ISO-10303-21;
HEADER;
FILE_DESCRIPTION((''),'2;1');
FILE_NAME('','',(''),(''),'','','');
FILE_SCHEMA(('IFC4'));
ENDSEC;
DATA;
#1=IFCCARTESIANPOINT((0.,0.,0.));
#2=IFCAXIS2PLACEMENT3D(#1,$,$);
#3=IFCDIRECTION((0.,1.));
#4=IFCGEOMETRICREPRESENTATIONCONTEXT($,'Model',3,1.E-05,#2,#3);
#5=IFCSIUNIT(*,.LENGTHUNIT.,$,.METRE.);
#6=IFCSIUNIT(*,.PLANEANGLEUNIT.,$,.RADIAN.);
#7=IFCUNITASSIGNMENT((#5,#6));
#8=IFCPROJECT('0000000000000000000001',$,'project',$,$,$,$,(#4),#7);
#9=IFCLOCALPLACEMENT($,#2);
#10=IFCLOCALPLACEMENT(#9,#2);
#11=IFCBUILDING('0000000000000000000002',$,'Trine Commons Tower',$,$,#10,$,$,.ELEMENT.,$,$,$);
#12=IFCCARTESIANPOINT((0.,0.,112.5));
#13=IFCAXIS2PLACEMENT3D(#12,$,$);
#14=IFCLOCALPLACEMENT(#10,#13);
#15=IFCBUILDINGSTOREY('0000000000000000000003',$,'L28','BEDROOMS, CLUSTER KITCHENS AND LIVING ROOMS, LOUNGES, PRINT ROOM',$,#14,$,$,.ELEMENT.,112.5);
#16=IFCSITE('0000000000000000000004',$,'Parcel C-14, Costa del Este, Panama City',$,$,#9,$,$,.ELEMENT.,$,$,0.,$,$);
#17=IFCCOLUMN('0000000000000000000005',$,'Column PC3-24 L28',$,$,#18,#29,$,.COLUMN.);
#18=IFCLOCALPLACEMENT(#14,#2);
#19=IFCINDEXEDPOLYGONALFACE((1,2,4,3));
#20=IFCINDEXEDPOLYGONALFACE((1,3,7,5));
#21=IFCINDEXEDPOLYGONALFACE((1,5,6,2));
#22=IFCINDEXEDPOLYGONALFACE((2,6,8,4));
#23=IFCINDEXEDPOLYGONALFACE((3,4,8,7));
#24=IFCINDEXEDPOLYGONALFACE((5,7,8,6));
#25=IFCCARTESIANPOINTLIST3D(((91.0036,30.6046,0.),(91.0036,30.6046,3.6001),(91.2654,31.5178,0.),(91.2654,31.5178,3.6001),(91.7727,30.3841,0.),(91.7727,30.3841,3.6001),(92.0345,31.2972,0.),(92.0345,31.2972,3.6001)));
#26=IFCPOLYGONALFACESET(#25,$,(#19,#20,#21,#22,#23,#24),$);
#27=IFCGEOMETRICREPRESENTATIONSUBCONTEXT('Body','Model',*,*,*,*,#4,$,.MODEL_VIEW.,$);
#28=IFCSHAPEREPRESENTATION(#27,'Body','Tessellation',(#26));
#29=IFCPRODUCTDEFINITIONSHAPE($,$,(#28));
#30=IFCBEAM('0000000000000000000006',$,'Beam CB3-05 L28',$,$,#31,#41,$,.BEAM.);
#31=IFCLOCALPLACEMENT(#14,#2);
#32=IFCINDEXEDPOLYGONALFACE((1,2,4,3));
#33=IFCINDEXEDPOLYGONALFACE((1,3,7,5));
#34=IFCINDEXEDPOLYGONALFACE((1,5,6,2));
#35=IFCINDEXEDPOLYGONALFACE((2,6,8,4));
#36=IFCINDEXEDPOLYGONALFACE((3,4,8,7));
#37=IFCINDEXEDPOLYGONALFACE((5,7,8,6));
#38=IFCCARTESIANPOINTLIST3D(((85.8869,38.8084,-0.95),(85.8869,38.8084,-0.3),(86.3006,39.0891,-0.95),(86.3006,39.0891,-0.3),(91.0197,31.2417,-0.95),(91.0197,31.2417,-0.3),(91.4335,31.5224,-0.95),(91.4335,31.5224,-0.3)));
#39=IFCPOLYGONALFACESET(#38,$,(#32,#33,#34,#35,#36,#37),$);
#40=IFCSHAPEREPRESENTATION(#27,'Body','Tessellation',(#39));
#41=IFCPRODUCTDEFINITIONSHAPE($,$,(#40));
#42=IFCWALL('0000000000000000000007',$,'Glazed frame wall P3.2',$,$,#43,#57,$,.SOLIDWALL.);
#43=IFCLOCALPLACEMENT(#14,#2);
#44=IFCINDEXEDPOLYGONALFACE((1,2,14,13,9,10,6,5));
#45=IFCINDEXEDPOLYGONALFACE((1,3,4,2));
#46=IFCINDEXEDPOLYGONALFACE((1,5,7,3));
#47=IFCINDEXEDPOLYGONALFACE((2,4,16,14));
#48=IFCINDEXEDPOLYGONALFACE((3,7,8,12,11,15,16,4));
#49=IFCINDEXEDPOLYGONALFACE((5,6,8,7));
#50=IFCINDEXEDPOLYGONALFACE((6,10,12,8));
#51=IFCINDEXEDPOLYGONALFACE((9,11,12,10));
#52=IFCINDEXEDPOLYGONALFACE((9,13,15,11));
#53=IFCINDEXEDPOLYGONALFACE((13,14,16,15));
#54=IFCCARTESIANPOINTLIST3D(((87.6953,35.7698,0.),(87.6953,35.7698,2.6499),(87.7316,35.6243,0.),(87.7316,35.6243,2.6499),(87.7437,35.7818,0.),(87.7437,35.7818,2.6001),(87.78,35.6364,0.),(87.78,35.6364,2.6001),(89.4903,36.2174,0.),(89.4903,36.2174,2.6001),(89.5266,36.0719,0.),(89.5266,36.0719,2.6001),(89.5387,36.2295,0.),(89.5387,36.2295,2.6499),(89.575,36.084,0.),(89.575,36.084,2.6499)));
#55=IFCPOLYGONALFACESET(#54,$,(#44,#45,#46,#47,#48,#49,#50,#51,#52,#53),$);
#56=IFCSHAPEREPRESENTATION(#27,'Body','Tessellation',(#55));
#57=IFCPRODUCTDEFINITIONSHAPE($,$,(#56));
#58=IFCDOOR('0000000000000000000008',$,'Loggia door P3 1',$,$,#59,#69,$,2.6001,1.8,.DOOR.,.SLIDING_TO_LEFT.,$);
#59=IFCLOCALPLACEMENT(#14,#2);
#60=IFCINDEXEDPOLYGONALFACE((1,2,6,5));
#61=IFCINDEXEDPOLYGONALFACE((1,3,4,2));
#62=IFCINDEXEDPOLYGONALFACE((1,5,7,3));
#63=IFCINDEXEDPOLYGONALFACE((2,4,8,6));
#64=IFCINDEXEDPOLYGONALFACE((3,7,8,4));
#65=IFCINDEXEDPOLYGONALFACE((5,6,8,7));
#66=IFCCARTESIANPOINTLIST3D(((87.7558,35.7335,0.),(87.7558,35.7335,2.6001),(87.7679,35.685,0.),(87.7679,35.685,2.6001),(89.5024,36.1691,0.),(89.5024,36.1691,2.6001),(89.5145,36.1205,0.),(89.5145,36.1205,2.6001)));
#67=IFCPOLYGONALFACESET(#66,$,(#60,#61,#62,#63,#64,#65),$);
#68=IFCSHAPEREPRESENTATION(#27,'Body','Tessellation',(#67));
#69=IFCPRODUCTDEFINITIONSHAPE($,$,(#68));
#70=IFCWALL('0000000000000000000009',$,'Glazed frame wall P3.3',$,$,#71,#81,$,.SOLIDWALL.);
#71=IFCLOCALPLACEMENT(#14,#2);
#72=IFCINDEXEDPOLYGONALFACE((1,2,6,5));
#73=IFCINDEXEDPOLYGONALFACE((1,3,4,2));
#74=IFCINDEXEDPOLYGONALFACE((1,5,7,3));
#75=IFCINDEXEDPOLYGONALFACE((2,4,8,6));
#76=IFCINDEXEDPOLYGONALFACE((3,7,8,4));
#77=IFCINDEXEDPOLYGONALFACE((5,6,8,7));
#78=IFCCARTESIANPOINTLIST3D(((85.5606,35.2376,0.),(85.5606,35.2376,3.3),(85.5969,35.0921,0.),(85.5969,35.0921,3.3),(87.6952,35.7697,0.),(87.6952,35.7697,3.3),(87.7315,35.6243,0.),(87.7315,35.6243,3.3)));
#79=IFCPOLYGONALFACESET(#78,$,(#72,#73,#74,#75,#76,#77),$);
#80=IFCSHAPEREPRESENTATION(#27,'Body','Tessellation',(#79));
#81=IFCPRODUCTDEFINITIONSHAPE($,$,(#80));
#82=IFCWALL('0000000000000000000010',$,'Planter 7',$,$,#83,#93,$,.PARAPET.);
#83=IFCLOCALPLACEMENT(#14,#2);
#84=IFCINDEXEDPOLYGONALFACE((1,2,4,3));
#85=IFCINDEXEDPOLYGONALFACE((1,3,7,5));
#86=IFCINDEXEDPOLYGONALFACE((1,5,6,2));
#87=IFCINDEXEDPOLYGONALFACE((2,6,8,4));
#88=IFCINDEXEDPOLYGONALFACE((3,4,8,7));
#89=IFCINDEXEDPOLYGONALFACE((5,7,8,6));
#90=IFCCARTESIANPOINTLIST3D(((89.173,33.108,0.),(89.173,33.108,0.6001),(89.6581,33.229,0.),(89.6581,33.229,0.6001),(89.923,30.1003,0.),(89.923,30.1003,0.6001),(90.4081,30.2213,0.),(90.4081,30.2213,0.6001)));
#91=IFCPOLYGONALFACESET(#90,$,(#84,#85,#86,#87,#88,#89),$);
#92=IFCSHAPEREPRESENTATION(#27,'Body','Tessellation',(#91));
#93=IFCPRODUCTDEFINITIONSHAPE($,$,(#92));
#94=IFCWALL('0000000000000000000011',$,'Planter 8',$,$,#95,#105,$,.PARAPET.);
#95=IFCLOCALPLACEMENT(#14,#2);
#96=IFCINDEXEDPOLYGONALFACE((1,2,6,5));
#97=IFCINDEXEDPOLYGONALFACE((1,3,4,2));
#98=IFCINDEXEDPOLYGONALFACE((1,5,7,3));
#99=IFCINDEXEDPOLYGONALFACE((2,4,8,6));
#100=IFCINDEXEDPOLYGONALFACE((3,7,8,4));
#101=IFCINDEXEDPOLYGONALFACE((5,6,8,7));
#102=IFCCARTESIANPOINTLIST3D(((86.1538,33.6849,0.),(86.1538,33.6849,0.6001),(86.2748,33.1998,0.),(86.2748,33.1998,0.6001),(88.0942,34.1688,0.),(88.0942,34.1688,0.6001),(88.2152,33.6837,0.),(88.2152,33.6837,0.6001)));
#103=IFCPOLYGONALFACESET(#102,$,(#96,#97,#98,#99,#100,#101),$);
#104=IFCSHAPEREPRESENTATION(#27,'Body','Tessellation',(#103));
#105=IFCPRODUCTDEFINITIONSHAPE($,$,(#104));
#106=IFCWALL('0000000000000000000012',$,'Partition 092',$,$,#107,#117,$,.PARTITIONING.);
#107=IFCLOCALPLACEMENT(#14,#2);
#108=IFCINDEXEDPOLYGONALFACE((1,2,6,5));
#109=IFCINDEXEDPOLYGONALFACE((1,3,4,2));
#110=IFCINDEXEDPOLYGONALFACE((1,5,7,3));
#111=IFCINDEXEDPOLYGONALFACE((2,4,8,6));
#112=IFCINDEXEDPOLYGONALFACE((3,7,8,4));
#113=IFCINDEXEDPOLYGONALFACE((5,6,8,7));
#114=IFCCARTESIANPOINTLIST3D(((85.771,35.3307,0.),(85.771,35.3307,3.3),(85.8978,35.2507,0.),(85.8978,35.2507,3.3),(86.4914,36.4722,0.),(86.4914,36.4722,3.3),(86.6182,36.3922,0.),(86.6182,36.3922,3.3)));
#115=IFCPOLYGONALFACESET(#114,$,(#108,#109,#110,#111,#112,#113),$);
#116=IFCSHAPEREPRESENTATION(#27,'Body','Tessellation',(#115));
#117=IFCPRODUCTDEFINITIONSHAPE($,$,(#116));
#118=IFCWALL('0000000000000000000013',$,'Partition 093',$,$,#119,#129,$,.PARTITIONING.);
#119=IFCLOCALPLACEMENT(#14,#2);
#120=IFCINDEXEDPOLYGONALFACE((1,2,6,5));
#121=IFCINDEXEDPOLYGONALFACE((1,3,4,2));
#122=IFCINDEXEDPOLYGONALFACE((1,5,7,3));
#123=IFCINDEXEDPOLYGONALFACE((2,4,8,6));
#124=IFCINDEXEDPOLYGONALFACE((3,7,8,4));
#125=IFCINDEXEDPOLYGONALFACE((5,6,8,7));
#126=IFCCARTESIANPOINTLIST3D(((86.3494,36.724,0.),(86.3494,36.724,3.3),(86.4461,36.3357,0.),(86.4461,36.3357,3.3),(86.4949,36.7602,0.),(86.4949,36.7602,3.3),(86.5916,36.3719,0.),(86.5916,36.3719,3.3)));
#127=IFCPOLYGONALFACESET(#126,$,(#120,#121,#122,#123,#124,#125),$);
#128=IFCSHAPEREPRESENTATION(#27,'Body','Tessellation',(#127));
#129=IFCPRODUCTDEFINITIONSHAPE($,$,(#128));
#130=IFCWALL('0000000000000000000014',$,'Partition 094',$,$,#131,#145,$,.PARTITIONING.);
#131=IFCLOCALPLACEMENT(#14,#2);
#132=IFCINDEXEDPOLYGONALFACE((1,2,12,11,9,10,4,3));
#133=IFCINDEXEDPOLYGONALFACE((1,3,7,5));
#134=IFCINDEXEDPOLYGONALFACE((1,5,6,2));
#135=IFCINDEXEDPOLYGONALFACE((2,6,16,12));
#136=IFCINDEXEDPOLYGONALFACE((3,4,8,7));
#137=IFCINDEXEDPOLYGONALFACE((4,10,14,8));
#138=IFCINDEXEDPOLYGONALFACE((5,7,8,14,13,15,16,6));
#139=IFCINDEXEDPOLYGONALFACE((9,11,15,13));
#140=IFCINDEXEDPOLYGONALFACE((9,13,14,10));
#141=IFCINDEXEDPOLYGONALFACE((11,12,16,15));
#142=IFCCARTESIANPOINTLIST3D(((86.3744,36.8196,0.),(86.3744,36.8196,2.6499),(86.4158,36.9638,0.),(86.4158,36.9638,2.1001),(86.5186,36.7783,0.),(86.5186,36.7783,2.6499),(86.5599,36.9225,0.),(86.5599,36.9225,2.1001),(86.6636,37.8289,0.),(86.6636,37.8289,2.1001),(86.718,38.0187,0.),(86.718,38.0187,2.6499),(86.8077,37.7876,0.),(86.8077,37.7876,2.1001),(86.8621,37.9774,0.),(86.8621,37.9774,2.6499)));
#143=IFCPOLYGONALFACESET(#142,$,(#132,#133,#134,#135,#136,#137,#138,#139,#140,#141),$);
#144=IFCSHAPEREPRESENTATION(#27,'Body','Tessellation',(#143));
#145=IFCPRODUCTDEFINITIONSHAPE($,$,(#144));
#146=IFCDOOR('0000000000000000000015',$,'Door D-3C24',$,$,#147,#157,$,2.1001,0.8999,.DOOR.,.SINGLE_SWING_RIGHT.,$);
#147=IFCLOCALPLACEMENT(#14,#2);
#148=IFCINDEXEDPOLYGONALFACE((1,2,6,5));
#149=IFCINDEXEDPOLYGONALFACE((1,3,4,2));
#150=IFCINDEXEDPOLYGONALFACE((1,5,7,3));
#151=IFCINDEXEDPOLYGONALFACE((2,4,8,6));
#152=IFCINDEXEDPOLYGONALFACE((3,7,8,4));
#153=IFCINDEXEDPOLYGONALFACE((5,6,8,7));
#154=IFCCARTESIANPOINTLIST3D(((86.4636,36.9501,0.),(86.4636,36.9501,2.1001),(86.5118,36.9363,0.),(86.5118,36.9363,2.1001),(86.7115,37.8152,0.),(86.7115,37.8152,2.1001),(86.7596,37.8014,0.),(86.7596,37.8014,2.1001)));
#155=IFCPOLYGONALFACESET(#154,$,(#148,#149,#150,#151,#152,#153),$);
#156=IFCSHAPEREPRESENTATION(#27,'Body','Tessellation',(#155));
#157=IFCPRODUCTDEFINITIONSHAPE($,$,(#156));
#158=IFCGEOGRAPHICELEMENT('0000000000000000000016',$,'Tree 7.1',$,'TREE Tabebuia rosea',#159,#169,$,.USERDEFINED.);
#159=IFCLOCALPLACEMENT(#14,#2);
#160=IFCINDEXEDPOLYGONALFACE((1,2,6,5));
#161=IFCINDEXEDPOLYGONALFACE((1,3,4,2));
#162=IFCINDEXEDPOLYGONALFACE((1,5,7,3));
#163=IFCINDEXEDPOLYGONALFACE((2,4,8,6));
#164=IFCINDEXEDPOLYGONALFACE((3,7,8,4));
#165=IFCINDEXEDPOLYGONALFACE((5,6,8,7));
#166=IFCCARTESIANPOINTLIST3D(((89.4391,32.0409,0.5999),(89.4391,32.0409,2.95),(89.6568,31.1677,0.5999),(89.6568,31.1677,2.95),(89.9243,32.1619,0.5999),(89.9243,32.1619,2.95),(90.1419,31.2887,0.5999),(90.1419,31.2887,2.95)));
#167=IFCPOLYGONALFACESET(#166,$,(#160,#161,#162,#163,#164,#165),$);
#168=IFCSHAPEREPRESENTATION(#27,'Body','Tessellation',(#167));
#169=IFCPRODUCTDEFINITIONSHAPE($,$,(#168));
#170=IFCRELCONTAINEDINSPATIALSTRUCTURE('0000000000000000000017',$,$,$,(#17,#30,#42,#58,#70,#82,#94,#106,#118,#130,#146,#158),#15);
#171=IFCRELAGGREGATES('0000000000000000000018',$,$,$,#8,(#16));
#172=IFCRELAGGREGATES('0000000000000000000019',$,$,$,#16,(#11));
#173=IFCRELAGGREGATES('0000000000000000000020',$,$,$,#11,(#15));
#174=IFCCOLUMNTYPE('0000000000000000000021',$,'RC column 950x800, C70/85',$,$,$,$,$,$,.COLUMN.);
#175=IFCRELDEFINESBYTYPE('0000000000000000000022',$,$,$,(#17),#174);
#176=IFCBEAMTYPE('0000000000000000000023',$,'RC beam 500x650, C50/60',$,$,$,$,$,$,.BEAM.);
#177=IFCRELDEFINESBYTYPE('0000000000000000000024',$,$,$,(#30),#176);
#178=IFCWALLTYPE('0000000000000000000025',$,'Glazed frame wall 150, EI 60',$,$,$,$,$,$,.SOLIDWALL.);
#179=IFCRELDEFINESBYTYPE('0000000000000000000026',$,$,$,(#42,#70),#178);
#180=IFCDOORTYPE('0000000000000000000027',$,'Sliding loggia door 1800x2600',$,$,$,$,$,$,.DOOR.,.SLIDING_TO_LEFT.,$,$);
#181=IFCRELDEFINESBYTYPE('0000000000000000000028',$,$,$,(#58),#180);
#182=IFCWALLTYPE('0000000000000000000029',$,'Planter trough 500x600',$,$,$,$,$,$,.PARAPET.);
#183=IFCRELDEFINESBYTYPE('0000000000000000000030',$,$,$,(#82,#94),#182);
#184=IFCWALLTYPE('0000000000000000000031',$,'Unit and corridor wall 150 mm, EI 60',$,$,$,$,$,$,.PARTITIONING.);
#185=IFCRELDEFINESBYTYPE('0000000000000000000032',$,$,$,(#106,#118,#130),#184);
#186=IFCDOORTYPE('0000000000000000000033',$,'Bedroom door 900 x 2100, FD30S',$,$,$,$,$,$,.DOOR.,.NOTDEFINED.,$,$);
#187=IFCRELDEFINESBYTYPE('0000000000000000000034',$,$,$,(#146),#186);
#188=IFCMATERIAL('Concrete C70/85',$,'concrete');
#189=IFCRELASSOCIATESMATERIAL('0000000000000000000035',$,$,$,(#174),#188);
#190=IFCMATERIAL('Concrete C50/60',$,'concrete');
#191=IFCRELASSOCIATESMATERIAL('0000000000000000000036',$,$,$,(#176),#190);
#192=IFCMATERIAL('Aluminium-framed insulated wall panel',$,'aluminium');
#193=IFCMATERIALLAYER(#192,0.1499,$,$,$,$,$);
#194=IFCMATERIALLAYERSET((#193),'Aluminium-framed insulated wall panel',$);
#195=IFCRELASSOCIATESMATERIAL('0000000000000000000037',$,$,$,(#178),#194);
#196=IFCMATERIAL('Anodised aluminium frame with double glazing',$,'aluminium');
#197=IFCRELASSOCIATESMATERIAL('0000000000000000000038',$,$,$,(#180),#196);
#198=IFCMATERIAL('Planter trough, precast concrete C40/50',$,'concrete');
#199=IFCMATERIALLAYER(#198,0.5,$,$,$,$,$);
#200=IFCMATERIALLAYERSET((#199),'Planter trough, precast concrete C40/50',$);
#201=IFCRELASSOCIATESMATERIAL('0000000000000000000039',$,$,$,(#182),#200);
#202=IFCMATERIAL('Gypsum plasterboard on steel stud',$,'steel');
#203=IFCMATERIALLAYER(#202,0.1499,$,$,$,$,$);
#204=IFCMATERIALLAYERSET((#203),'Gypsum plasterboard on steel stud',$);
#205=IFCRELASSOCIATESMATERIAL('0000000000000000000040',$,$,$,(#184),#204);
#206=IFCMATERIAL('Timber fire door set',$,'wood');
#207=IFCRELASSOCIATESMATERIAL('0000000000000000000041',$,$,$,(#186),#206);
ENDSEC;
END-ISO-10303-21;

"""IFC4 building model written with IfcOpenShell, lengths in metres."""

from ifc_helpers import new_model, si_unit, direction, frame, frame_2d, origin, origin_2d, place, context, subcontext, project, spatial, polyline, rectangle, outline, extrude, material, layer, layer_set, material_profile, profile_set, type_object, element, fill, save


model = new_model("IFC4")

# Units and contexts
model_context = context("Model", 3, precision=1e-05, world=origin(), true_north=direction((0.0, 1.0)))
body_context = subcontext(model_context, "Body", "Model", "MODEL_VIEW")
ifc_project = project(units=[si_unit("LENGTHUNIT", "METRE"), si_unit("PLANEANGLEUNIT", "RADIAN")], contexts=[model_context])

# Site, building, storey
site_placement = place(None, origin())
site = spatial("IfcSite", under=ifc_project, at=site_placement, Name="Parcel C-14, Costa del Este, Panama City", CompositionType="ELEMENT", RefElevation=0.0)
building_placement = place(site_placement, origin())
building = spatial("IfcBuilding", under=site, at=building_placement, Name="Trine Commons Tower", CompositionType="ELEMENT")
storey_placement = place(building_placement, frame((0.0, 0.0, 112.5)))
storey = spatial("IfcBuildingStorey", under=building, at=storey_placement, Name="L28", Description="BEDROOMS, CLUSTER KITCHENS AND LIVING ROOMS, LOUNGES, PRINT ROOM", CompositionType="ELEMENT", Elevation=112.5)

# Column
ifc_material_1 = material(Name="Concrete C70/85", Category="concrete")
ifc_material_profile_1 = material_profile(ifc_material_1, rectangle(XDim=0.95, YDim=0.8, at=origin_2d()), Name="RC 950x800")
ifc_profile_set_1 = profile_set([ifc_material_profile_1], Name="Concrete C70/85")
column_type = type_object("IfcColumnType", Name="RC column 950x800, C70/85", PredefinedType="COLUMN", material=ifc_profile_set_1)
column_placement = place(storey_placement, frame((91.519, 30.9509, 0.0), z_axis=(0.0, 0.0, 1.0), x_axis=(0.275637, 0.961262, 0.0)))
element("IfcColumn", 1, at=column_placement, inside=storey, type_object=column_type, Name="Column PC3-24 L28", PredefinedType="COLUMN", context=body_context, shape_type="SweptSolid", body=[
    extrude(rectangle(XDim=0.95, YDim=0.8, at=origin_2d()), origin(), (0.0, 0.0, 1.0), 3.6001),
])

# Beam
ifc_material_2 = material(Name="Concrete C50/60", Category="concrete")
ifc_material_profile_2 = material_profile(ifc_material_2, rectangle(XDim=0.5, YDim=0.6499, at=origin_2d()), Name="RC 500x650")
ifc_profile_set_2 = profile_set([ifc_material_profile_2], Name="Concrete C50/60")
beam_type = type_object("IfcBeamType", Name="RC beam 500x650, C50/60", PredefinedType="BEAM", material=ifc_profile_set_2)
beam_placement = place(storey_placement, frame((91.2266, 31.3821, -0.625), z_axis=(-0.561374, 0.827562, 0.0), x_axis=(-0.827562, -0.561374, 0.0)))
element("IfcBeam", 2, at=beam_placement, inside=storey, type_object=beam_type, Name="Beam CB3-05 L28", PredefinedType="BEAM", context=body_context, shape_type="SweptSolid", body=[
    extrude(rectangle(XDim=0.5, YDim=0.6499, at=origin_2d()), origin(), (0.0, 0.0, 1.0), 9.1433),
])

# Shared definitions
ifc_material_3 = material(Name="Aluminium-framed insulated wall panel", Category="aluminium")
ifc_layer_1 = layer(ifc_material_3, 0.1499)
ifc_layer_set_1 = layer_set([ifc_layer_1], Name="Aluminium-framed insulated wall panel")
wall_type_1 = type_object("IfcWallType", Name="Glazed frame wall 150, EI 60", PredefinedType="SOLIDWALL", material=ifc_layer_set_1)

# Wall, opening, door
wall_1_placement = place(storey_placement, frame((89.5569, 36.1567, 0.0), z_axis=(0.0, 0.0, 1.0), x_axis=(-0.970286, -0.241961, 0.0)))
wall_1 = element("IfcWall", 3, at=wall_1_placement, inside=storey, type_object=wall_type_1, Name="Glazed frame wall P3.2", PredefinedType="SOLIDWALL", context=body_context, shape_type="SweptSolid", body=[
    extrude(outline(polyline([(0.0, -0.075), (1.8999, -0.075), (1.8999, 0.075), (0.0, 0.075), (0.0, -0.075)])), origin(), (0.0, 0.0, 1.0), 2.6499),
])
opening_1_placement = place(wall_1_placement, frame((0.05, 0.0, 0.0)))
opening_1 = element("IfcOpeningElement", 4, at=opening_1_placement, cuts=wall_1, PredefinedType="OPENING", context=body_context, shape_type="SweptSolid", body=[
    extrude(rectangle(XDim=1.8, YDim=2.6001, at=frame_2d((0.8999, 1.3))), frame((0.0, 0.085, 0.0), z_axis=(0.0, -1.0, 0.0), x_axis=(1.0, 0.0, 0.0)), (0.0, 0.0, 1.0), 0.1699),
])
ifc_material_4 = material(Name="Anodised aluminium frame with double glazing", Category="aluminium")
door_type_1 = type_object("IfcDoorType", Name="Sliding loggia door 1800x2600", OperationType="SLIDING_TO_LEFT", PredefinedType="DOOR", material=ifc_material_4)
door_1_placement = place(opening_1_placement, origin())
door_1 = element("IfcDoor", 5, at=door_1_placement, inside=storey, type_object=door_type_1, Name="Loggia door P3 1", OperationType="SLIDING_TO_LEFT", OverallHeight=2.6001, OverallWidth=1.8, PredefinedType="DOOR", context=body_context, shape_type="SweptSolid", body=[
    extrude(rectangle(XDim=1.8, YDim=2.6001, at=frame_2d((0.8999, 1.3))), frame((0.0, 0.0249, 0.0), z_axis=(0.0, -1.0, 0.0), x_axis=(1.0, 0.0, 0.0)), (0.0, 0.0, 1.0), 0.05),
])
fill(opening_1, door_1)

# Walls
wall_2_placement = place(storey_placement, frame((87.7134, 35.697, 0.0), z_axis=(0.0, 0.0, 1.0), x_axis=(-0.970299, -0.241909, 0.0)))
element("IfcWall", 6, at=wall_2_placement, inside=storey, type_object=wall_type_1, Name="Glazed frame wall P3.3", PredefinedType="SOLIDWALL", context=body_context, shape_type="SweptSolid", body=[
    extrude(outline(polyline([(0.0, -0.075), (2.2, -0.075), (2.2, 0.075), (0.0, 0.075), (0.0, -0.075)])), origin(), (0.0, 0.0, 1.0), 3.3),
])
ifc_material_5 = material(Name="Planter trough, precast concrete C40/50", Category="concrete")
ifc_layer_2 = layer(ifc_material_5, 0.5)
ifc_layer_set_2 = layer_set([ifc_layer_2], Name="Planter trough, precast concrete C40/50")
wall_type_2 = type_object("IfcWallType", Name="Planter trough 500x600", PredefinedType="PARAPET", material=ifc_layer_set_2)
wall_3_placement = place(storey_placement, frame((90.1655, 30.1609, 0.0), z_axis=(0.0, 0.0, 1.0), x_axis=(-0.241943, 0.970291, 0.0)))
element("IfcWall", 7, at=wall_3_placement, inside=storey, type_object=wall_type_2, Name="Planter 7", PredefinedType="PARAPET", context=body_context, shape_type="SweptSolid", body=[
    extrude(rectangle(XDim=3.0999, YDim=0.5, at=frame_2d((1.5498, 0.0))), origin(), (0.0, 0.0, 1.0), 0.6001),
])
wall_4_placement = place(storey_placement, frame((88.1548, 33.9263, 0.0), z_axis=(0.0, 0.0, 1.0), x_axis=(-0.970286, -0.241961, 0.0)))
element("IfcWall", 8, at=wall_4_placement, inside=storey, type_object=wall_type_2, Name="Planter 8", PredefinedType="PARAPET", context=body_context, shape_type="SweptSolid", body=[
    extrude(rectangle(XDim=1.9998, YDim=0.5, at=frame_2d((1.0, 0.0))), origin(), (0.0, 0.0, 1.0), 0.6001),
])
ifc_material_6 = material(Name="Gypsum plasterboard on steel stud", Category="steel")
ifc_layer_3 = layer(ifc_material_6, 0.1499)
ifc_layer_set_3 = layer_set([ifc_layer_3], Name="Gypsum plasterboard on steel stud")
wall_type_3 = type_object("IfcWallType", Name="Unit and corridor wall 150 mm, EI 60", PredefinedType="PARTITIONING", material=ifc_layer_set_3)
wall_5_placement = place(storey_placement, frame((85.8345, 35.2908, 0.0), z_axis=(0.0, 0.0, 1.0), x_axis=(0.5337, 0.845674, 0.0)))
element("IfcWall", 9, at=wall_5_placement, inside=storey, type_object=wall_type_3, Name="Partition 092", PredefinedType="PARTITIONING", context=body_context, shape_type="SweptSolid", body=[
    extrude(rectangle(XDim=1.3499, YDim=0.1499, at=frame_2d((0.6748, 0.0))), origin(), (0.0, 0.0, 1.0), 3.3),
])
wall_6_placement = place(storey_placement, frame((86.4221, 36.7422, 0.0), z_axis=(0.0, 0.0, 1.0), x_axis=(0.241674, -0.970358, 0.0)))
element("IfcWall", 10, at=wall_6_placement, inside=storey, type_object=wall_type_3, Name="Partition 093", PredefinedType="PARTITIONING", context=body_context, shape_type="SweptSolid", body=[
    extrude(rectangle(XDim=0.4001, YDim=0.1499, at=frame_2d((0.2002, 0.0))), origin(), (0.0, 0.0, 1.0), 3.3),
])

# Wall, opening, door
wall_7_placement = place(storey_placement, frame((86.4465, 36.7991, 0.0), z_axis=(0.0, 0.0, 1.0), x_axis=(0.275419, 0.961324, 0.0)))
wall_7 = element("IfcWall", 11, at=wall_7_placement, inside=storey, type_object=wall_type_3, Name="Partition 094", PredefinedType="PARTITIONING", context=body_context, shape_type="SweptSolid", body=[
    extrude(rectangle(XDim=1.2473, YDim=0.1499, at=frame_2d((0.6235, 0.0))), origin(), (0.0, 0.0, 1.0), 2.6499),
])
opening_2_placement = place(wall_7_placement, frame((0.1499, 0.0, 0.0)))
opening_2 = element("IfcOpeningElement", 12, at=opening_2_placement, cuts=wall_7, PredefinedType="OPENING", context=body_context, shape_type="SweptSolid", body=[
    extrude(rectangle(XDim=0.8999, YDim=2.1001, at=frame_2d((0.45, 1.05))), frame((0.0, 0.085, 0.0), z_axis=(0.0, -1.0, 0.0), x_axis=(1.0, 0.0, 0.0)), (0.0, 0.0, 1.0), 0.1699),
])
ifc_material_7 = material(Name="Timber fire door set", Category="wood")
door_type_2 = type_object("IfcDoorType", Name="Bedroom door 900 x 2100, FD30S", OperationType="NOTDEFINED", PredefinedType="DOOR", material=ifc_material_7)
door_2_placement = place(opening_2_placement, frame((0.8999, 0.0, 0.0), z_axis=(0.0, 0.0, 1.0), x_axis=(-1.0, 0.0, 0.0)))
door_2 = element("IfcDoor", 13, at=door_2_placement, inside=storey, type_object=door_type_2, Name="Door D-3C24", OperationType="SINGLE_SWING_RIGHT", OverallHeight=2.1001, OverallWidth=0.8999, PredefinedType="DOOR", context=body_context, shape_type="SweptSolid", body=[
    extrude(rectangle(XDim=0.8999, YDim=2.1001, at=frame_2d((0.45, 1.05))), frame((0.0, 0.0249, 0.0), z_axis=(0.0, -1.0, 0.0), x_axis=(1.0, 0.0, 0.0)), (0.0, 0.0, 1.0), 0.05),
])
fill(opening_2, door_2)

# Geographic element
for number, where, z_axis, x_axis, name in (
    (14, (89.7905, 31.6648, 0.5999), (0.0, 0.0, 1.0), (-0.241908, 0.970299, 0.0), "Tree 7.1"),
):
    element("IfcGeographicElement", number, at=place(storey_placement, frame(where, z_axis=z_axis, x_axis=x_axis)), inside=storey, Name=name, ObjectType="TREE Tabebuia rosea", PredefinedType="USERDEFINED", context=body_context, shape_type="SweptSolid", body=[
        extrude(rectangle(XDim=0.8999, YDim=0.5, at=origin_2d()), origin(), (0.0, 0.0, 1.0), 2.3501),
    ])

save(model, "model.ifc")
